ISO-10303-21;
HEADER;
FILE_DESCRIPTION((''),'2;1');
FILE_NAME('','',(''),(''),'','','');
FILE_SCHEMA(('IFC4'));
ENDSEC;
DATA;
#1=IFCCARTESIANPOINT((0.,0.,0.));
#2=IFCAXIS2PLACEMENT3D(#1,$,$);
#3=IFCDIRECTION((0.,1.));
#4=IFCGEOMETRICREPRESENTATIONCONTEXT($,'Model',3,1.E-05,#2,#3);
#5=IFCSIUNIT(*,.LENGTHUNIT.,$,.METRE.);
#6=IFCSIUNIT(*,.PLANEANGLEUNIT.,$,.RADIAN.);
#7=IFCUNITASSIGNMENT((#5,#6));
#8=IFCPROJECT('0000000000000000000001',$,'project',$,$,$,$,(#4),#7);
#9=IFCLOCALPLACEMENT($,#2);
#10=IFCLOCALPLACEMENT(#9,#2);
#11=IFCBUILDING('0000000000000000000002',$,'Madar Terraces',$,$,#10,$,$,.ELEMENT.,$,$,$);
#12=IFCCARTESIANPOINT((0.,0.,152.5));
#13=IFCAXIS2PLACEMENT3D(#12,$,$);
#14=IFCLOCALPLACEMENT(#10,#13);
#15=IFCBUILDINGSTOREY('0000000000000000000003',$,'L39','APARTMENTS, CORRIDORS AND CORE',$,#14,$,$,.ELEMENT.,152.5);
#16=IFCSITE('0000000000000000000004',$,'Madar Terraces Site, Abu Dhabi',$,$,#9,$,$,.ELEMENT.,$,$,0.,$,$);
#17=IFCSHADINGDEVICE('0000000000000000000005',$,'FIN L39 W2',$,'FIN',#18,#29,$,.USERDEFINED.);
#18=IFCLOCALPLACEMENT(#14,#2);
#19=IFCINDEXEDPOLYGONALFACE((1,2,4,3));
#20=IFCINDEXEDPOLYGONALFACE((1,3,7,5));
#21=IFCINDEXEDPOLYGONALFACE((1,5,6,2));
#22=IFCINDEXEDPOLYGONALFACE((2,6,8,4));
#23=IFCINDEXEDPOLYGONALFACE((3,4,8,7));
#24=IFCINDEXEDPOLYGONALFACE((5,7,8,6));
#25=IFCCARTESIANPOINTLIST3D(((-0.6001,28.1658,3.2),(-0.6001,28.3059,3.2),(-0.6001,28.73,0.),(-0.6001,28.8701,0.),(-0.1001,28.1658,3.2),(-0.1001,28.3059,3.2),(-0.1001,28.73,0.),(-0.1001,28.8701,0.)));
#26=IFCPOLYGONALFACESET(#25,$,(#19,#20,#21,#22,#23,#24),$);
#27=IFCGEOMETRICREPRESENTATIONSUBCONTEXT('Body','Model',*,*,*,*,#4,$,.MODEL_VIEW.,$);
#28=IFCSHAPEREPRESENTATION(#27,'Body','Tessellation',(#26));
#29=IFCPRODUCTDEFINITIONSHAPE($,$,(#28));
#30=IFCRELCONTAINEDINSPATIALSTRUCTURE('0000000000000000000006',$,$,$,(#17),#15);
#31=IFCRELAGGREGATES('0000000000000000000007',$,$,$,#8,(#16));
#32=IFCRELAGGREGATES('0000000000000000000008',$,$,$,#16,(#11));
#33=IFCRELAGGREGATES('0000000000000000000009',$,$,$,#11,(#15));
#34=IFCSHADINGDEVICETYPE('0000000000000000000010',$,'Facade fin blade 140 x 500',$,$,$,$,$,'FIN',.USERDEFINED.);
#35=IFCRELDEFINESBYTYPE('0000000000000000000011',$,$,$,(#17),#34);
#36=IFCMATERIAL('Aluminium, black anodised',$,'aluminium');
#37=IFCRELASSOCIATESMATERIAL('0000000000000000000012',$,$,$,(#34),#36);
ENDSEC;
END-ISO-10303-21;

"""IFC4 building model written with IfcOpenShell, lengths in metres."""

from ifc_helpers import new_model, si_unit, direction, frame, origin, place, context, subcontext, project, spatial, polyline, outline, extrude, material, type_object, element, save


model = new_model("IFC4")

# Units and contexts
model_context = context("Model", 3, precision=1e-05, world=origin(), true_north=direction((0.0, 1.0)))
body_context = subcontext(model_context, "Body", "Model", "MODEL_VIEW")
ifc_project = project(units=[si_unit("LENGTHUNIT", "METRE"), si_unit("PLANEANGLEUNIT", "RADIAN")], contexts=[model_context])

# Site, building, storey
site_placement = place(None, origin())
site = spatial("IfcSite", under=ifc_project, at=site_placement, Name="Madar Terraces Site, Abu Dhabi", CompositionType="ELEMENT", RefElevation=0.0)
building_placement = place(site_placement, origin())
building = spatial("IfcBuilding", under=site, at=building_placement, Name="Madar Terraces", CompositionType="ELEMENT")
storey_placement = place(building_placement, frame((0.0, 0.0, 152.5)))
storey = spatial("IfcBuildingStorey", under=building, at=storey_placement, Name="L39", Description="APARTMENTS, CORRIDORS AND CORE", CompositionType="ELEMENT", Elevation=152.5)

# Shading device
ifc_material_1 = material(Name="Aluminium, black anodised", Category="aluminium")
shading_device_type = type_object("IfcShadingDeviceType", Name="Facade fin blade 140 x 500", ElementType="FIN", PredefinedType="USERDEFINED", material=ifc_material_1)
shading_device_placement = place(storey_placement, frame((-0.3501, 28.8701, 0.0), z_axis=(0.0, 0.0, 1.0), x_axis=(0.0, -1.0, 0.0)))
element("IfcShadingDevice", 1, at=shading_device_placement, inside=storey, type_object=shading_device_type, Name="FIN L39 W2", ObjectType="FIN", PredefinedType="USERDEFINED", context=body_context, shape_type="SweptSolid", body=[
    extrude(outline(polyline([(0.0, 0.0), (0.1401, 0.0), (0.7043, 3.2), (0.5642, 3.2), (0.0, 0.0)])), frame((0.0, 0.25, 0.0), z_axis=(0.0, -1.0, 0.0), x_axis=(1.0, 0.0, 0.0)), (0.0, 0.0, 1.0), 0.5),
])

save(model, "model.ifc")
